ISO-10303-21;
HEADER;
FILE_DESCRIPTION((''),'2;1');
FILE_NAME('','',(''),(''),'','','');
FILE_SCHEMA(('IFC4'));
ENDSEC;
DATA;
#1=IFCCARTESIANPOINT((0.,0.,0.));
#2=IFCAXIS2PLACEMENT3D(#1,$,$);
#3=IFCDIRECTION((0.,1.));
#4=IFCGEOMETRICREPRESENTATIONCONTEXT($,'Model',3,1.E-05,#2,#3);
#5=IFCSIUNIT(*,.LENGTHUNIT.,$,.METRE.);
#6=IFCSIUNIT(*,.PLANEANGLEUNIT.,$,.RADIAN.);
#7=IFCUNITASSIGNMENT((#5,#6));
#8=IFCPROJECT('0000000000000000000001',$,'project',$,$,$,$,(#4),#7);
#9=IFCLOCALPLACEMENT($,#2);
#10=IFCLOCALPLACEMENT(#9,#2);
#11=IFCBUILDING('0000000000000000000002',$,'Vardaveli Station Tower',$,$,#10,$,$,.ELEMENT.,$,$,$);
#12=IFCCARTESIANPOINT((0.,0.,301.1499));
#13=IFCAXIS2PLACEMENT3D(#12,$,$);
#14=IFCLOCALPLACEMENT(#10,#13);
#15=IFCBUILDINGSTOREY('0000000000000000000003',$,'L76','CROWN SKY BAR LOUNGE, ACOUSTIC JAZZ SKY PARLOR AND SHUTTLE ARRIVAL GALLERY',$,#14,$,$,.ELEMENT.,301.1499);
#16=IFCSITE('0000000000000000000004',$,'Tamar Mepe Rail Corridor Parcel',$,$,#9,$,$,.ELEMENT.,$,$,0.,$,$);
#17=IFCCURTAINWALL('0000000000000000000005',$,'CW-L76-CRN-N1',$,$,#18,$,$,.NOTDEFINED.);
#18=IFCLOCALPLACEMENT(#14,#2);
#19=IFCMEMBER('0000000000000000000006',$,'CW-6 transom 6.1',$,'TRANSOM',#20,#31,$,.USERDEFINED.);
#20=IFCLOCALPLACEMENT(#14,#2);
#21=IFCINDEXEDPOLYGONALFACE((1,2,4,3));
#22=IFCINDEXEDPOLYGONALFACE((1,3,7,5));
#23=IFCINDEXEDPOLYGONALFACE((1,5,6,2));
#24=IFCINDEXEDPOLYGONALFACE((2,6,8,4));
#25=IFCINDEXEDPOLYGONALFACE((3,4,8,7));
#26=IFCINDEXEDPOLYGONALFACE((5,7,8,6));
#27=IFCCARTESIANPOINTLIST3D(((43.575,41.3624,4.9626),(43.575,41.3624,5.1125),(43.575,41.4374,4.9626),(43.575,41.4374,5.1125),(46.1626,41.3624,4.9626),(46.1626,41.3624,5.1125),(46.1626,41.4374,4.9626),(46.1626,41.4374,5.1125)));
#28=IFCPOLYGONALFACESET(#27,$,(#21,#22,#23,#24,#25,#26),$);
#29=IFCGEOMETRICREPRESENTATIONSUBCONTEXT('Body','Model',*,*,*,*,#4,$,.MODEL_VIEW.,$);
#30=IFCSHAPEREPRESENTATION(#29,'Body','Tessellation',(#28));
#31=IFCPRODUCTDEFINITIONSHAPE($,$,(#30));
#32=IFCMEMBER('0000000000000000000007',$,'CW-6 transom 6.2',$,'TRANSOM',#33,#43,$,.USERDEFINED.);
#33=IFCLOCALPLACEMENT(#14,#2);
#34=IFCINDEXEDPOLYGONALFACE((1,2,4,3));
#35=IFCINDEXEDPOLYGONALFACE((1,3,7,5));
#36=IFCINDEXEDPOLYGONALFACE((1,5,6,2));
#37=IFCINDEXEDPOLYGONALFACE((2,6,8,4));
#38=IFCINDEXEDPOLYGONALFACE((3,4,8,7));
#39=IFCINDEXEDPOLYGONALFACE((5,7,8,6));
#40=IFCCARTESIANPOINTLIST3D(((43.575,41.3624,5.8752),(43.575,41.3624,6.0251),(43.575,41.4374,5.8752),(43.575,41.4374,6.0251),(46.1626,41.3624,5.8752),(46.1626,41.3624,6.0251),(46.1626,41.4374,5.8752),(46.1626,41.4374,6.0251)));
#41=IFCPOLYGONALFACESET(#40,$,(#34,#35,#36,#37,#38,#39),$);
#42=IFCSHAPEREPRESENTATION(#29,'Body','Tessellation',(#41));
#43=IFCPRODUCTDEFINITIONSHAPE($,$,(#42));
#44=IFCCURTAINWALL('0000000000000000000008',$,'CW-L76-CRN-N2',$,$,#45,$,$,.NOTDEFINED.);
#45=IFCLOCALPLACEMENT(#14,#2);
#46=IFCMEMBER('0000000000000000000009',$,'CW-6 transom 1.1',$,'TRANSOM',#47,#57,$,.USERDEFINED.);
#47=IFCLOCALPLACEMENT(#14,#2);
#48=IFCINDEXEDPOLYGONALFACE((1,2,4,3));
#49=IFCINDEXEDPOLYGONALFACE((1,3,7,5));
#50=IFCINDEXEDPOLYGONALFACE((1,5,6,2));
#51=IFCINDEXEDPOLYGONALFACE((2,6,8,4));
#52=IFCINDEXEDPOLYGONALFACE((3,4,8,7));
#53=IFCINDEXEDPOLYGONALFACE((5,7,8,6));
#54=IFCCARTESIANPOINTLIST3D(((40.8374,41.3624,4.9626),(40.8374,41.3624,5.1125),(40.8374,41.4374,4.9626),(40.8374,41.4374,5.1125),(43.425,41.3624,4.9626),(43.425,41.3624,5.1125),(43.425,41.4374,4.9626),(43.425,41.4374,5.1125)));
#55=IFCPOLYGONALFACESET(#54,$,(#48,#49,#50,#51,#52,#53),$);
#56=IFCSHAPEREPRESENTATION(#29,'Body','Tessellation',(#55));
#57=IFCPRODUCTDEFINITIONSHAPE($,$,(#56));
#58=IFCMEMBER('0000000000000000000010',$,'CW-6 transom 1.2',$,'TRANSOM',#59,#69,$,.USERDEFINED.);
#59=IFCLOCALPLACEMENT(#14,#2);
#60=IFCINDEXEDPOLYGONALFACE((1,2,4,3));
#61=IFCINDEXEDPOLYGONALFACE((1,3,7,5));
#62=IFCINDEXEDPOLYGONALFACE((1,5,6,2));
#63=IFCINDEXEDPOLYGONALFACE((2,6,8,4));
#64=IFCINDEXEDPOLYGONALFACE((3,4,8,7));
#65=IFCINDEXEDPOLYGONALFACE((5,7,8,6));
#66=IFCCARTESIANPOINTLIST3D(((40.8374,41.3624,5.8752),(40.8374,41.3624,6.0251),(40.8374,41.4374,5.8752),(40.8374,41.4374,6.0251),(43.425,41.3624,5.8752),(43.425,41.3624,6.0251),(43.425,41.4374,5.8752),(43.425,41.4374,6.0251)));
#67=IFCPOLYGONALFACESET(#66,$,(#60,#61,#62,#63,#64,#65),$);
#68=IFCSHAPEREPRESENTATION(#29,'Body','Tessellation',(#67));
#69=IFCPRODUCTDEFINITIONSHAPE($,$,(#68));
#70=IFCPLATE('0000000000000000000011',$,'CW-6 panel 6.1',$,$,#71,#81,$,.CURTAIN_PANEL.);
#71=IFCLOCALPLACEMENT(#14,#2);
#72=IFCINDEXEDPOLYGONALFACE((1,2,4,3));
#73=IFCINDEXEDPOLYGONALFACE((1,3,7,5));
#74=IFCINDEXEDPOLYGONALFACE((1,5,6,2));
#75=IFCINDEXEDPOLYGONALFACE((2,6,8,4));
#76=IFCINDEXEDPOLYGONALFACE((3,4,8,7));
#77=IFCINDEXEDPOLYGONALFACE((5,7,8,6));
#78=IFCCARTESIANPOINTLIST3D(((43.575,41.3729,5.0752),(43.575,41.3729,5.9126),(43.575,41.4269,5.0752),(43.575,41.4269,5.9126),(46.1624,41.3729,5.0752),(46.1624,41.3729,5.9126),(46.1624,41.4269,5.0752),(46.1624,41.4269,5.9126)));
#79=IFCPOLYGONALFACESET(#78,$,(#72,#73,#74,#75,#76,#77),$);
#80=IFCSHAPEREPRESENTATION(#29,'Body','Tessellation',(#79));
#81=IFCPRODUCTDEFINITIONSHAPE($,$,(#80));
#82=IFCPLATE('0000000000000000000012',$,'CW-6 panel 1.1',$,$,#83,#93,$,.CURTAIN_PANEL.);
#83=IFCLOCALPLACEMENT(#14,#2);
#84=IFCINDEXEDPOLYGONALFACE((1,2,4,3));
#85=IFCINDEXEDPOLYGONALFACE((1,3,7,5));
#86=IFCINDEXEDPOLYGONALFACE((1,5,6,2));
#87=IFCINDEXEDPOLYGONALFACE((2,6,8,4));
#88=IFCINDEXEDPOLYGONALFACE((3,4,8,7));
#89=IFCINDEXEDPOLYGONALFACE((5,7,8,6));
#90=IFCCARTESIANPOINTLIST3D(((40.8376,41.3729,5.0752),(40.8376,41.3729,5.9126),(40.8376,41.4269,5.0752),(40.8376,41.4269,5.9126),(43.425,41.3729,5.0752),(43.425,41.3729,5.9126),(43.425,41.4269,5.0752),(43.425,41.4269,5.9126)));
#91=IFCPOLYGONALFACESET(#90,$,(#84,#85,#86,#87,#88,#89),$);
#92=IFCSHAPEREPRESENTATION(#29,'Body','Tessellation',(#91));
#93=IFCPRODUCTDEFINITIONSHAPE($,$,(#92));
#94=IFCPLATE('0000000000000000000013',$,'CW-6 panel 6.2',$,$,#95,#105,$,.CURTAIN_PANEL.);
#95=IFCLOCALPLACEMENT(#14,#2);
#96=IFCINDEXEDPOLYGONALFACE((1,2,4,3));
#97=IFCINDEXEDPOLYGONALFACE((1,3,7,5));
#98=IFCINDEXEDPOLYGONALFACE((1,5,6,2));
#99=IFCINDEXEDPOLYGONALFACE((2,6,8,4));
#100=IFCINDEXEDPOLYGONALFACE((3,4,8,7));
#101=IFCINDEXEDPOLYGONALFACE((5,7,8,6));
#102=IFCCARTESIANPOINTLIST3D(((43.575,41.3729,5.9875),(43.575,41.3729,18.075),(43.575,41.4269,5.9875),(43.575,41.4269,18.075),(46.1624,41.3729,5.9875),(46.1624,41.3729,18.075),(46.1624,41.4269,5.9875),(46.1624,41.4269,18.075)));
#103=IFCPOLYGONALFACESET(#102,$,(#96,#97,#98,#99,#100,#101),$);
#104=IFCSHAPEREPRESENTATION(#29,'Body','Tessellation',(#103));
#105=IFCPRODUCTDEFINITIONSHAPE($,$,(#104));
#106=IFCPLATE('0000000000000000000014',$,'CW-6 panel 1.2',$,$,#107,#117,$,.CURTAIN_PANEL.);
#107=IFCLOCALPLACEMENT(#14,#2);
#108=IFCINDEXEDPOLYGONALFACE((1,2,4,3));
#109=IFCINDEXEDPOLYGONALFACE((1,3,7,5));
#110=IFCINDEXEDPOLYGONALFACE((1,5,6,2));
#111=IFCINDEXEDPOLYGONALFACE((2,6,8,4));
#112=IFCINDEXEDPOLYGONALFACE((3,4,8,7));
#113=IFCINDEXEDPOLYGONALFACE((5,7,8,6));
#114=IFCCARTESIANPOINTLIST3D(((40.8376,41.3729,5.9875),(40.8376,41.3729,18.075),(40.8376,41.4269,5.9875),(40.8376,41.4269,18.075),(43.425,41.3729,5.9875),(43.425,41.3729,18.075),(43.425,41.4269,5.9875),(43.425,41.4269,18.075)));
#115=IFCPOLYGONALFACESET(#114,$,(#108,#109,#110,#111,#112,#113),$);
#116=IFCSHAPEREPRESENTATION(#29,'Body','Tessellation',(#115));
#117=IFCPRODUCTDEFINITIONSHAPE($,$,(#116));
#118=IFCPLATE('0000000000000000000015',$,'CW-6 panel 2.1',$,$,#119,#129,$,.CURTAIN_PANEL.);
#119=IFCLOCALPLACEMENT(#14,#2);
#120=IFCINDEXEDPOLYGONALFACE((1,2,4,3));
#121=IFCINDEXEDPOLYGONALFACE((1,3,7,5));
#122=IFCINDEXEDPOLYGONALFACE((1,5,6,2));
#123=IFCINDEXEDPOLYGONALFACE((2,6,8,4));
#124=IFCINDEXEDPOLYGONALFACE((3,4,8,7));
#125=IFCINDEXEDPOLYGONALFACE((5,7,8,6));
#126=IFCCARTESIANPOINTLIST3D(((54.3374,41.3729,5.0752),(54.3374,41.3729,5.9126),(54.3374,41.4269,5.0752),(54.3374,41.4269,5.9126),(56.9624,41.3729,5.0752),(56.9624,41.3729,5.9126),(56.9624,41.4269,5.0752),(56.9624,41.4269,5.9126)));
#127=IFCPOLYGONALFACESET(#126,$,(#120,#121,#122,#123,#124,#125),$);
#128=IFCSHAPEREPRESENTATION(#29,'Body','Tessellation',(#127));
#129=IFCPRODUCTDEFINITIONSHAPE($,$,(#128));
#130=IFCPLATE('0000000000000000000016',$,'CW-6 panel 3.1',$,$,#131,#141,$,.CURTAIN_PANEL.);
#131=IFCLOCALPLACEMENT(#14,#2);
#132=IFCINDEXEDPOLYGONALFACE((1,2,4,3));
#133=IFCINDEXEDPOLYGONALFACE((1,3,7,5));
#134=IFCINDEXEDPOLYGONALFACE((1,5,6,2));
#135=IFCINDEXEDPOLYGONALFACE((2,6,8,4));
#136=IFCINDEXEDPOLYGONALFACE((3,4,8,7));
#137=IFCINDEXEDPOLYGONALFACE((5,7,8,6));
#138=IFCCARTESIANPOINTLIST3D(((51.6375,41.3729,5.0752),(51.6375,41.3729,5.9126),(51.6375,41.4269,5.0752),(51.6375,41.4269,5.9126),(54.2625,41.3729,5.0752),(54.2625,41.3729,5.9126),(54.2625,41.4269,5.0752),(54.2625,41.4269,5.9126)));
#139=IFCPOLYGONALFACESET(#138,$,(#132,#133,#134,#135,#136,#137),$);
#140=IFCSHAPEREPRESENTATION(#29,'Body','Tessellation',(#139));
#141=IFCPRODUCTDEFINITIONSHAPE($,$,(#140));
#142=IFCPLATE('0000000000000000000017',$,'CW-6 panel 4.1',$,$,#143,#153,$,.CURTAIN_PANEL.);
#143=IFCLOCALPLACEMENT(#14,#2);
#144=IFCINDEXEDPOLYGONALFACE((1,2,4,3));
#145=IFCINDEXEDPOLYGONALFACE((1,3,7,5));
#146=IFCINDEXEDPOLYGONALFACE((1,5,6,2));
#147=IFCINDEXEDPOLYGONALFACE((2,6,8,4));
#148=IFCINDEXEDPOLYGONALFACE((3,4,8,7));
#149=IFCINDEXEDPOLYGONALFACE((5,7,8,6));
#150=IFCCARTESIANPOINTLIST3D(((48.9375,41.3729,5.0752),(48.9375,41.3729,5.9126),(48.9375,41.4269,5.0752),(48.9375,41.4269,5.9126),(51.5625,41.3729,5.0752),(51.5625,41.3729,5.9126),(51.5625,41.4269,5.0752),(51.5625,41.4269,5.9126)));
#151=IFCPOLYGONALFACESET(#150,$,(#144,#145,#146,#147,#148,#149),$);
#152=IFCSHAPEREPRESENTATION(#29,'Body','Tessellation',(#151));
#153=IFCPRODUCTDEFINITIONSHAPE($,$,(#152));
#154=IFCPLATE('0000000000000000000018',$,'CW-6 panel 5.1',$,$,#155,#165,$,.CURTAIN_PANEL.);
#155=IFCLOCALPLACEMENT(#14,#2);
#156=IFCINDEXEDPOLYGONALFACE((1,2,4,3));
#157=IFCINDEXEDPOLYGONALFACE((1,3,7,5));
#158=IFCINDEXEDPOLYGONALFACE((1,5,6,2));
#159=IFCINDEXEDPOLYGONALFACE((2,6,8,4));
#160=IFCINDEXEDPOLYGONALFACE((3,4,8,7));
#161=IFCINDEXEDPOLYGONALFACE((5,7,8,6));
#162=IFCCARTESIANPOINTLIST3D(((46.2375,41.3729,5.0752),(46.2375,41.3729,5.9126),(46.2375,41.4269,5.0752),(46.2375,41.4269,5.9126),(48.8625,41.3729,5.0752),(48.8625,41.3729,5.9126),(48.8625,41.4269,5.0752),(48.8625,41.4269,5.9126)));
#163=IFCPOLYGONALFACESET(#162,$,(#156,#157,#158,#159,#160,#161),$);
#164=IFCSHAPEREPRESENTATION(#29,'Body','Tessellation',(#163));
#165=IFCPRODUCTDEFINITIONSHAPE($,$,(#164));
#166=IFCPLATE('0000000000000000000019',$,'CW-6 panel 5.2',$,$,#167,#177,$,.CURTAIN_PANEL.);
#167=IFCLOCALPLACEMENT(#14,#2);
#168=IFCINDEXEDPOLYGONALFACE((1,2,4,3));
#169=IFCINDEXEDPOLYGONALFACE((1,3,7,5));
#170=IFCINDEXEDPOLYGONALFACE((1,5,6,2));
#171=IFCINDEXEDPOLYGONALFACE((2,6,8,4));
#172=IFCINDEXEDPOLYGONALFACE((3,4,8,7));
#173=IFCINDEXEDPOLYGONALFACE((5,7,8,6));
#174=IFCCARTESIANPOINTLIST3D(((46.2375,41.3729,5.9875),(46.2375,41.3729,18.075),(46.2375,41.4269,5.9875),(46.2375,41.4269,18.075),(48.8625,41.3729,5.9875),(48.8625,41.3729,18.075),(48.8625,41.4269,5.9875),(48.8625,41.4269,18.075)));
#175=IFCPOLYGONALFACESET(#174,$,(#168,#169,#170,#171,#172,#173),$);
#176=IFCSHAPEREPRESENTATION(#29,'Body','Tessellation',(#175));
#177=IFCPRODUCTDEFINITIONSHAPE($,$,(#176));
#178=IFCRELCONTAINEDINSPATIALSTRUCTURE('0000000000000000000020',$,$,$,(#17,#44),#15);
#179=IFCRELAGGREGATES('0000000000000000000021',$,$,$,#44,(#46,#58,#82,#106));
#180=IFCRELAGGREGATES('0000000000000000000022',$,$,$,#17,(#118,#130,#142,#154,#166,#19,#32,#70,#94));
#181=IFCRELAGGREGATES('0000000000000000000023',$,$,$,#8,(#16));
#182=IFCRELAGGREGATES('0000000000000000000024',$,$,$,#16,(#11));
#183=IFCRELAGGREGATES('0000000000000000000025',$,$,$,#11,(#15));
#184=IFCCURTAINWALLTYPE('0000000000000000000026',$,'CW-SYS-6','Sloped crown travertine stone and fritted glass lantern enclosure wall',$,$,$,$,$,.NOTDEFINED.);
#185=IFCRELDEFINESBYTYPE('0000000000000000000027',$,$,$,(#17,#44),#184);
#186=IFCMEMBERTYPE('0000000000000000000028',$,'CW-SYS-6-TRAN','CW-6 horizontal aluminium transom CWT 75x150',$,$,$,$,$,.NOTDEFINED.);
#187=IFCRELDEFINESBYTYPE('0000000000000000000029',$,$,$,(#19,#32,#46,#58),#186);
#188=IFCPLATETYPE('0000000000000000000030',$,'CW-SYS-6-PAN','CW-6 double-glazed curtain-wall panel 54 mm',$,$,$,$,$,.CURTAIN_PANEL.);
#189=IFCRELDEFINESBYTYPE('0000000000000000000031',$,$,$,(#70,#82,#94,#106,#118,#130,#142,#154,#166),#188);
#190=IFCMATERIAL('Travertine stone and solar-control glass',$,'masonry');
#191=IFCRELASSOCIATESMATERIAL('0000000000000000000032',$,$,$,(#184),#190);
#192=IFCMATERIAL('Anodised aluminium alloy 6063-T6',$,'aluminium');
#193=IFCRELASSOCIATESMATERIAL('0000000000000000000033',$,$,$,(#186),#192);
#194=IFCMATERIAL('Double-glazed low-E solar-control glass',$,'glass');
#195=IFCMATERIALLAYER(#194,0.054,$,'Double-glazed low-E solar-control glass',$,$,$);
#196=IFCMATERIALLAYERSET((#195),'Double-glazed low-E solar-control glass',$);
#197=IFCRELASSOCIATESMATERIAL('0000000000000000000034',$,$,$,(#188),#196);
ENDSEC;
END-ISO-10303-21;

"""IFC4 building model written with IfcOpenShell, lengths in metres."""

from ifc_helpers import new_model, si_unit, direction, frame, origin, origin_2d, place, context, subcontext, project, spatial, rectangle, extrude, source, transform, mapped, material, layer, layer_set, material_profile, profile_set, type_object, element, aggregate, save


model = new_model("IFC4")

# Units and contexts
model_context = context("Model", 3, precision=1e-05, world=origin(), true_north=direction((0.0, 1.0)))
body_context = subcontext(model_context, "Body", "Model", "MODEL_VIEW")
ifc_project = project(units=[si_unit("LENGTHUNIT", "METRE"), si_unit("PLANEANGLEUNIT", "RADIAN")], contexts=[model_context])

# Site, building, storey
site_placement = place(None, origin())
site = spatial("IfcSite", under=ifc_project, at=site_placement, Name="Tamar Mepe Rail Corridor Parcel", CompositionType="ELEMENT", RefElevation=0.0)
building_placement = place(site_placement, origin())
building = spatial("IfcBuilding", under=site, at=building_placement, Name="Vardaveli Station Tower", CompositionType="ELEMENT")
storey_placement = place(building_placement, frame((0.0, 0.0, 301.1499)))
storey = spatial("IfcBuildingStorey", under=building, at=storey_placement, Name="L76", Description="CROWN SKY BAR LOUNGE, ACOUSTIC JAZZ SKY PARLOR AND SHUTTLE ARRIVAL GALLERY", CompositionType="ELEMENT", Elevation=301.1499)

# Curtain walls, members
ifc_material_1 = material(Name="Travertine stone and solar-control glass", Category="masonry")
curtain_wall_type = type_object("IfcCurtainWallType", Name="CW-SYS-6", Description="Sloped crown travertine stone and fritted glass lantern enclosure wall", PredefinedType="NOTDEFINED", material=ifc_material_1)
curtain_wall_1_placement = place(storey_placement, origin())
curtain_wall_1 = element("IfcCurtainWall", 1, at=curtain_wall_1_placement, inside=storey, type_object=curtain_wall_type, Name="CW-L76-CRN-N1", PredefinedType="NOTDEFINED")
ifc_material_2 = material(Name="Anodised aluminium alloy 6063-T6", Category="aluminium")
ifc_material_profile_1 = material_profile(ifc_material_2, rectangle(XDim=0.075, YDim=0.1499, at=origin_2d()), Name="CWT 75x150")
ifc_profile_set_1 = profile_set([ifc_material_profile_1], Name="Anodised aluminium alloy 6063-T6")
member_type_1 = type_object("IfcMemberType", Name="CW-SYS-6-TRAN", Description="CW-6 horizontal aluminium transom CWT 75x150", PredefinedType="NOTDEFINED", material=ifc_profile_set_1)
shared_shape_1 = source(origin(), body_context, "Body", "SweptSolid", [
    extrude(rectangle(XDim=0.075, YDim=0.1499, at=origin_2d()), origin(), (0.0, 0.0, 1.0), 2.5876),
])
member_1_placement = place(storey_placement, frame((46.1626, 41.3999, 5.0376), z_axis=(-1.0, 0.0, 0.0), x_axis=(0.0, -1.0, 0.0)))
member_1 = element("IfcMember", 2, at=member_1_placement, type_object=member_type_1, Name="CW-6 transom 6.1", ObjectType="TRANSOM", PredefinedType="USERDEFINED", context=body_context, shape_type="MappedRepresentation", body=[
    mapped(shared_shape_1, transform((0.0, 0.0, 0.0), scale=1.0)),
])
member_2_placement = place(storey_placement, frame((46.1626, 41.3999, 5.9502), z_axis=(-1.0, 0.0, 0.0), x_axis=(0.0, -1.0, 0.0)))
member_2 = element("IfcMember", 3, at=member_2_placement, type_object=member_type_1, Name="CW-6 transom 6.2", ObjectType="TRANSOM", PredefinedType="USERDEFINED", context=body_context, shape_type="MappedRepresentation", body=[
    mapped(shared_shape_1, transform((0.0, 0.0, 0.0), scale=1.0)),
])
curtain_wall_2_placement = place(storey_placement, origin())
curtain_wall_2 = element("IfcCurtainWall", 4, at=curtain_wall_2_placement, inside=storey, type_object=curtain_wall_type, Name="CW-L76-CRN-N2", PredefinedType="NOTDEFINED")
member_3_placement = place(storey_placement, frame((43.425, 41.3999, 5.0376), z_axis=(-1.0, 0.0, 0.0), x_axis=(0.0, -1.0, 0.0)))
member_3 = element("IfcMember", 5, at=member_3_placement, type_object=member_type_1, Name="CW-6 transom 1.1", ObjectType="TRANSOM", PredefinedType="USERDEFINED", context=body_context, shape_type="MappedRepresentation", body=[
    mapped(shared_shape_1, transform((0.0, 0.0, 0.0), scale=1.0)),
])
member_4_placement = place(storey_placement, frame((43.425, 41.3999, 5.9502), z_axis=(-1.0, 0.0, 0.0), x_axis=(0.0, -1.0, 0.0)))
member_4 = element("IfcMember", 6, at=member_4_placement, type_object=member_type_1, Name="CW-6 transom 1.2", ObjectType="TRANSOM", PredefinedType="USERDEFINED", context=body_context, shape_type="MappedRepresentation", body=[
    mapped(shared_shape_1, transform((0.0, 0.0, 0.0), scale=1.0)),
])

# Plates
ifc_material_3 = material(Name="Double-glazed low-E solar-control glass", Category="glass")
ifc_layer = layer(ifc_material_3, 0.054, Name="Double-glazed low-E solar-control glass")
ifc_layer_set = layer_set([ifc_layer], Name="Double-glazed low-E solar-control glass")
plate_type = type_object("IfcPlateType", Name="CW-SYS-6-PAN", Description="CW-6 double-glazed curtain-wall panel 54 mm", PredefinedType="CURTAIN_PANEL", material=ifc_layer_set)
shared_shape_2 = source(origin(), body_context, "Body", "SweptSolid", [
    extrude(rectangle(XDim=2.5874, YDim=0.054, at=origin_2d()), origin(), (0.0, 0.0, 1.0), 0.8374),
])
plate_1_placement = place(storey_placement, frame((44.8687, 41.3999, 5.0752), z_axis=(0.0, 0.0, 1.0), x_axis=(-1.0, 0.0, 0.0)))
plate_1 = element("IfcPlate", 7, at=plate_1_placement, type_object=plate_type, Name="CW-6 panel 6.1", PredefinedType="CURTAIN_PANEL", context=body_context, shape_type="MappedRepresentation", body=[
    mapped(shared_shape_2, transform((0.0, 0.0, 0.0), scale=1.0)),
])
plate_2_placement = place(storey_placement, frame((42.1313, 41.3999, 5.0752), z_axis=(0.0, 0.0, 1.0), x_axis=(-1.0, 0.0, 0.0)))
plate_2 = element("IfcPlate", 8, at=plate_2_placement, type_object=plate_type, Name="CW-6 panel 1.1", PredefinedType="CURTAIN_PANEL", context=body_context, shape_type="MappedRepresentation", body=[
    mapped(shared_shape_2, transform((0.0, 0.0, 0.0), scale=1.0)),
])
shared_shape_3 = source(origin(), body_context, "Body", "SweptSolid", [
    extrude(rectangle(XDim=2.5874, YDim=0.054, at=origin_2d()), origin(), (0.0, 0.0, 1.0), 12.0874),
])
plate_3_placement = place(storey_placement, frame((44.8687, 41.3999, 5.9875), z_axis=(0.0, 0.0, 1.0), x_axis=(-1.0, 0.0, 0.0)))
plate_3 = element("IfcPlate", 9, at=plate_3_placement, type_object=plate_type, Name="CW-6 panel 6.2", PredefinedType="CURTAIN_PANEL", context=body_context, shape_type="MappedRepresentation", body=[
    mapped(shared_shape_3, transform((0.0, 0.0, 0.0), scale=1.0)),
])
plate_4_placement = place(storey_placement, frame((42.1313, 41.3999, 5.9875), z_axis=(0.0, 0.0, 1.0), x_axis=(-1.0, 0.0, 0.0)))
plate_4 = element("IfcPlate", 10, at=plate_4_placement, type_object=plate_type, Name="CW-6 panel 1.2", PredefinedType="CURTAIN_PANEL", context=body_context, shape_type="MappedRepresentation", body=[
    mapped(shared_shape_3, transform((0.0, 0.0, 0.0), scale=1.0)),
])
aggregate(curtain_wall_2, [member_3, member_4, plate_2, plate_4])
shared_shape_4 = source(origin(), body_context, "Body", "SweptSolid", [
    extrude(rectangle(XDim=2.625, YDim=0.054, at=origin_2d()), origin(), (0.0, 0.0, 1.0), 0.8374),
])
plate_5_placement = place(storey_placement, frame((55.6499, 41.3999, 5.0752), z_axis=(0.0, 0.0, 1.0), x_axis=(-1.0, 0.0, 0.0)))
plate_5 = element("IfcPlate", 11, at=plate_5_placement, type_object=plate_type, Name="CW-6 panel 2.1", PredefinedType="CURTAIN_PANEL", context=body_context, shape_type="MappedRepresentation", body=[
    mapped(shared_shape_4, transform((0.0, 0.0, 0.0), scale=1.0)),
])
plate_6_placement = place(storey_placement, frame((52.95, 41.3999, 5.0752), z_axis=(0.0, 0.0, 1.0), x_axis=(-1.0, 0.0, 0.0)))
plate_6 = element("IfcPlate", 12, at=plate_6_placement, type_object=plate_type, Name="CW-6 panel 3.1", PredefinedType="CURTAIN_PANEL", context=body_context, shape_type="MappedRepresentation", body=[
    mapped(shared_shape_4, transform((0.0, 0.0, 0.0), scale=1.0)),
])
plate_7_placement = place(storey_placement, frame((50.25, 41.3999, 5.0752), z_axis=(0.0, 0.0, 1.0), x_axis=(-1.0, 0.0, 0.0)))
plate_7 = element("IfcPlate", 13, at=plate_7_placement, type_object=plate_type, Name="CW-6 panel 4.1", PredefinedType="CURTAIN_PANEL", context=body_context, shape_type="MappedRepresentation", body=[
    mapped(shared_shape_4, transform((0.0, 0.0, 0.0), scale=1.0)),
])
plate_8_placement = place(storey_placement, frame((47.55, 41.3999, 5.0752), z_axis=(0.0, 0.0, 1.0), x_axis=(-1.0, 0.0, 0.0)))
plate_8 = element("IfcPlate", 14, at=plate_8_placement, type_object=plate_type, Name="CW-6 panel 5.1", PredefinedType="CURTAIN_PANEL", context=body_context, shape_type="MappedRepresentation", body=[
    mapped(shared_shape_4, transform((0.0, 0.0, 0.0), scale=1.0)),
])
shared_shape_5 = source(origin(), body_context, "Body", "SweptSolid", [
    extrude(rectangle(XDim=2.625, YDim=0.054, at=origin_2d()), origin(), (0.0, 0.0, 1.0), 12.0874),
])
plate_9_placement = place(storey_placement, frame((47.55, 41.3999, 5.9875), z_axis=(0.0, 0.0, 1.0), x_axis=(-1.0, 0.0, 0.0)))
plate_9 = element("IfcPlate", 15, at=plate_9_placement, type_object=plate_type, Name="CW-6 panel 5.2", PredefinedType="CURTAIN_PANEL", context=body_context, shape_type="MappedRepresentation", body=[
    mapped(shared_shape_5, transform((0.0, 0.0, 0.0), scale=1.0)),
])
aggregate(curtain_wall_1, [plate_5, plate_6, plate_7, plate_8, plate_9, member_1, member_2, plate_1, plate_3])

save(model, "model.ifc")
